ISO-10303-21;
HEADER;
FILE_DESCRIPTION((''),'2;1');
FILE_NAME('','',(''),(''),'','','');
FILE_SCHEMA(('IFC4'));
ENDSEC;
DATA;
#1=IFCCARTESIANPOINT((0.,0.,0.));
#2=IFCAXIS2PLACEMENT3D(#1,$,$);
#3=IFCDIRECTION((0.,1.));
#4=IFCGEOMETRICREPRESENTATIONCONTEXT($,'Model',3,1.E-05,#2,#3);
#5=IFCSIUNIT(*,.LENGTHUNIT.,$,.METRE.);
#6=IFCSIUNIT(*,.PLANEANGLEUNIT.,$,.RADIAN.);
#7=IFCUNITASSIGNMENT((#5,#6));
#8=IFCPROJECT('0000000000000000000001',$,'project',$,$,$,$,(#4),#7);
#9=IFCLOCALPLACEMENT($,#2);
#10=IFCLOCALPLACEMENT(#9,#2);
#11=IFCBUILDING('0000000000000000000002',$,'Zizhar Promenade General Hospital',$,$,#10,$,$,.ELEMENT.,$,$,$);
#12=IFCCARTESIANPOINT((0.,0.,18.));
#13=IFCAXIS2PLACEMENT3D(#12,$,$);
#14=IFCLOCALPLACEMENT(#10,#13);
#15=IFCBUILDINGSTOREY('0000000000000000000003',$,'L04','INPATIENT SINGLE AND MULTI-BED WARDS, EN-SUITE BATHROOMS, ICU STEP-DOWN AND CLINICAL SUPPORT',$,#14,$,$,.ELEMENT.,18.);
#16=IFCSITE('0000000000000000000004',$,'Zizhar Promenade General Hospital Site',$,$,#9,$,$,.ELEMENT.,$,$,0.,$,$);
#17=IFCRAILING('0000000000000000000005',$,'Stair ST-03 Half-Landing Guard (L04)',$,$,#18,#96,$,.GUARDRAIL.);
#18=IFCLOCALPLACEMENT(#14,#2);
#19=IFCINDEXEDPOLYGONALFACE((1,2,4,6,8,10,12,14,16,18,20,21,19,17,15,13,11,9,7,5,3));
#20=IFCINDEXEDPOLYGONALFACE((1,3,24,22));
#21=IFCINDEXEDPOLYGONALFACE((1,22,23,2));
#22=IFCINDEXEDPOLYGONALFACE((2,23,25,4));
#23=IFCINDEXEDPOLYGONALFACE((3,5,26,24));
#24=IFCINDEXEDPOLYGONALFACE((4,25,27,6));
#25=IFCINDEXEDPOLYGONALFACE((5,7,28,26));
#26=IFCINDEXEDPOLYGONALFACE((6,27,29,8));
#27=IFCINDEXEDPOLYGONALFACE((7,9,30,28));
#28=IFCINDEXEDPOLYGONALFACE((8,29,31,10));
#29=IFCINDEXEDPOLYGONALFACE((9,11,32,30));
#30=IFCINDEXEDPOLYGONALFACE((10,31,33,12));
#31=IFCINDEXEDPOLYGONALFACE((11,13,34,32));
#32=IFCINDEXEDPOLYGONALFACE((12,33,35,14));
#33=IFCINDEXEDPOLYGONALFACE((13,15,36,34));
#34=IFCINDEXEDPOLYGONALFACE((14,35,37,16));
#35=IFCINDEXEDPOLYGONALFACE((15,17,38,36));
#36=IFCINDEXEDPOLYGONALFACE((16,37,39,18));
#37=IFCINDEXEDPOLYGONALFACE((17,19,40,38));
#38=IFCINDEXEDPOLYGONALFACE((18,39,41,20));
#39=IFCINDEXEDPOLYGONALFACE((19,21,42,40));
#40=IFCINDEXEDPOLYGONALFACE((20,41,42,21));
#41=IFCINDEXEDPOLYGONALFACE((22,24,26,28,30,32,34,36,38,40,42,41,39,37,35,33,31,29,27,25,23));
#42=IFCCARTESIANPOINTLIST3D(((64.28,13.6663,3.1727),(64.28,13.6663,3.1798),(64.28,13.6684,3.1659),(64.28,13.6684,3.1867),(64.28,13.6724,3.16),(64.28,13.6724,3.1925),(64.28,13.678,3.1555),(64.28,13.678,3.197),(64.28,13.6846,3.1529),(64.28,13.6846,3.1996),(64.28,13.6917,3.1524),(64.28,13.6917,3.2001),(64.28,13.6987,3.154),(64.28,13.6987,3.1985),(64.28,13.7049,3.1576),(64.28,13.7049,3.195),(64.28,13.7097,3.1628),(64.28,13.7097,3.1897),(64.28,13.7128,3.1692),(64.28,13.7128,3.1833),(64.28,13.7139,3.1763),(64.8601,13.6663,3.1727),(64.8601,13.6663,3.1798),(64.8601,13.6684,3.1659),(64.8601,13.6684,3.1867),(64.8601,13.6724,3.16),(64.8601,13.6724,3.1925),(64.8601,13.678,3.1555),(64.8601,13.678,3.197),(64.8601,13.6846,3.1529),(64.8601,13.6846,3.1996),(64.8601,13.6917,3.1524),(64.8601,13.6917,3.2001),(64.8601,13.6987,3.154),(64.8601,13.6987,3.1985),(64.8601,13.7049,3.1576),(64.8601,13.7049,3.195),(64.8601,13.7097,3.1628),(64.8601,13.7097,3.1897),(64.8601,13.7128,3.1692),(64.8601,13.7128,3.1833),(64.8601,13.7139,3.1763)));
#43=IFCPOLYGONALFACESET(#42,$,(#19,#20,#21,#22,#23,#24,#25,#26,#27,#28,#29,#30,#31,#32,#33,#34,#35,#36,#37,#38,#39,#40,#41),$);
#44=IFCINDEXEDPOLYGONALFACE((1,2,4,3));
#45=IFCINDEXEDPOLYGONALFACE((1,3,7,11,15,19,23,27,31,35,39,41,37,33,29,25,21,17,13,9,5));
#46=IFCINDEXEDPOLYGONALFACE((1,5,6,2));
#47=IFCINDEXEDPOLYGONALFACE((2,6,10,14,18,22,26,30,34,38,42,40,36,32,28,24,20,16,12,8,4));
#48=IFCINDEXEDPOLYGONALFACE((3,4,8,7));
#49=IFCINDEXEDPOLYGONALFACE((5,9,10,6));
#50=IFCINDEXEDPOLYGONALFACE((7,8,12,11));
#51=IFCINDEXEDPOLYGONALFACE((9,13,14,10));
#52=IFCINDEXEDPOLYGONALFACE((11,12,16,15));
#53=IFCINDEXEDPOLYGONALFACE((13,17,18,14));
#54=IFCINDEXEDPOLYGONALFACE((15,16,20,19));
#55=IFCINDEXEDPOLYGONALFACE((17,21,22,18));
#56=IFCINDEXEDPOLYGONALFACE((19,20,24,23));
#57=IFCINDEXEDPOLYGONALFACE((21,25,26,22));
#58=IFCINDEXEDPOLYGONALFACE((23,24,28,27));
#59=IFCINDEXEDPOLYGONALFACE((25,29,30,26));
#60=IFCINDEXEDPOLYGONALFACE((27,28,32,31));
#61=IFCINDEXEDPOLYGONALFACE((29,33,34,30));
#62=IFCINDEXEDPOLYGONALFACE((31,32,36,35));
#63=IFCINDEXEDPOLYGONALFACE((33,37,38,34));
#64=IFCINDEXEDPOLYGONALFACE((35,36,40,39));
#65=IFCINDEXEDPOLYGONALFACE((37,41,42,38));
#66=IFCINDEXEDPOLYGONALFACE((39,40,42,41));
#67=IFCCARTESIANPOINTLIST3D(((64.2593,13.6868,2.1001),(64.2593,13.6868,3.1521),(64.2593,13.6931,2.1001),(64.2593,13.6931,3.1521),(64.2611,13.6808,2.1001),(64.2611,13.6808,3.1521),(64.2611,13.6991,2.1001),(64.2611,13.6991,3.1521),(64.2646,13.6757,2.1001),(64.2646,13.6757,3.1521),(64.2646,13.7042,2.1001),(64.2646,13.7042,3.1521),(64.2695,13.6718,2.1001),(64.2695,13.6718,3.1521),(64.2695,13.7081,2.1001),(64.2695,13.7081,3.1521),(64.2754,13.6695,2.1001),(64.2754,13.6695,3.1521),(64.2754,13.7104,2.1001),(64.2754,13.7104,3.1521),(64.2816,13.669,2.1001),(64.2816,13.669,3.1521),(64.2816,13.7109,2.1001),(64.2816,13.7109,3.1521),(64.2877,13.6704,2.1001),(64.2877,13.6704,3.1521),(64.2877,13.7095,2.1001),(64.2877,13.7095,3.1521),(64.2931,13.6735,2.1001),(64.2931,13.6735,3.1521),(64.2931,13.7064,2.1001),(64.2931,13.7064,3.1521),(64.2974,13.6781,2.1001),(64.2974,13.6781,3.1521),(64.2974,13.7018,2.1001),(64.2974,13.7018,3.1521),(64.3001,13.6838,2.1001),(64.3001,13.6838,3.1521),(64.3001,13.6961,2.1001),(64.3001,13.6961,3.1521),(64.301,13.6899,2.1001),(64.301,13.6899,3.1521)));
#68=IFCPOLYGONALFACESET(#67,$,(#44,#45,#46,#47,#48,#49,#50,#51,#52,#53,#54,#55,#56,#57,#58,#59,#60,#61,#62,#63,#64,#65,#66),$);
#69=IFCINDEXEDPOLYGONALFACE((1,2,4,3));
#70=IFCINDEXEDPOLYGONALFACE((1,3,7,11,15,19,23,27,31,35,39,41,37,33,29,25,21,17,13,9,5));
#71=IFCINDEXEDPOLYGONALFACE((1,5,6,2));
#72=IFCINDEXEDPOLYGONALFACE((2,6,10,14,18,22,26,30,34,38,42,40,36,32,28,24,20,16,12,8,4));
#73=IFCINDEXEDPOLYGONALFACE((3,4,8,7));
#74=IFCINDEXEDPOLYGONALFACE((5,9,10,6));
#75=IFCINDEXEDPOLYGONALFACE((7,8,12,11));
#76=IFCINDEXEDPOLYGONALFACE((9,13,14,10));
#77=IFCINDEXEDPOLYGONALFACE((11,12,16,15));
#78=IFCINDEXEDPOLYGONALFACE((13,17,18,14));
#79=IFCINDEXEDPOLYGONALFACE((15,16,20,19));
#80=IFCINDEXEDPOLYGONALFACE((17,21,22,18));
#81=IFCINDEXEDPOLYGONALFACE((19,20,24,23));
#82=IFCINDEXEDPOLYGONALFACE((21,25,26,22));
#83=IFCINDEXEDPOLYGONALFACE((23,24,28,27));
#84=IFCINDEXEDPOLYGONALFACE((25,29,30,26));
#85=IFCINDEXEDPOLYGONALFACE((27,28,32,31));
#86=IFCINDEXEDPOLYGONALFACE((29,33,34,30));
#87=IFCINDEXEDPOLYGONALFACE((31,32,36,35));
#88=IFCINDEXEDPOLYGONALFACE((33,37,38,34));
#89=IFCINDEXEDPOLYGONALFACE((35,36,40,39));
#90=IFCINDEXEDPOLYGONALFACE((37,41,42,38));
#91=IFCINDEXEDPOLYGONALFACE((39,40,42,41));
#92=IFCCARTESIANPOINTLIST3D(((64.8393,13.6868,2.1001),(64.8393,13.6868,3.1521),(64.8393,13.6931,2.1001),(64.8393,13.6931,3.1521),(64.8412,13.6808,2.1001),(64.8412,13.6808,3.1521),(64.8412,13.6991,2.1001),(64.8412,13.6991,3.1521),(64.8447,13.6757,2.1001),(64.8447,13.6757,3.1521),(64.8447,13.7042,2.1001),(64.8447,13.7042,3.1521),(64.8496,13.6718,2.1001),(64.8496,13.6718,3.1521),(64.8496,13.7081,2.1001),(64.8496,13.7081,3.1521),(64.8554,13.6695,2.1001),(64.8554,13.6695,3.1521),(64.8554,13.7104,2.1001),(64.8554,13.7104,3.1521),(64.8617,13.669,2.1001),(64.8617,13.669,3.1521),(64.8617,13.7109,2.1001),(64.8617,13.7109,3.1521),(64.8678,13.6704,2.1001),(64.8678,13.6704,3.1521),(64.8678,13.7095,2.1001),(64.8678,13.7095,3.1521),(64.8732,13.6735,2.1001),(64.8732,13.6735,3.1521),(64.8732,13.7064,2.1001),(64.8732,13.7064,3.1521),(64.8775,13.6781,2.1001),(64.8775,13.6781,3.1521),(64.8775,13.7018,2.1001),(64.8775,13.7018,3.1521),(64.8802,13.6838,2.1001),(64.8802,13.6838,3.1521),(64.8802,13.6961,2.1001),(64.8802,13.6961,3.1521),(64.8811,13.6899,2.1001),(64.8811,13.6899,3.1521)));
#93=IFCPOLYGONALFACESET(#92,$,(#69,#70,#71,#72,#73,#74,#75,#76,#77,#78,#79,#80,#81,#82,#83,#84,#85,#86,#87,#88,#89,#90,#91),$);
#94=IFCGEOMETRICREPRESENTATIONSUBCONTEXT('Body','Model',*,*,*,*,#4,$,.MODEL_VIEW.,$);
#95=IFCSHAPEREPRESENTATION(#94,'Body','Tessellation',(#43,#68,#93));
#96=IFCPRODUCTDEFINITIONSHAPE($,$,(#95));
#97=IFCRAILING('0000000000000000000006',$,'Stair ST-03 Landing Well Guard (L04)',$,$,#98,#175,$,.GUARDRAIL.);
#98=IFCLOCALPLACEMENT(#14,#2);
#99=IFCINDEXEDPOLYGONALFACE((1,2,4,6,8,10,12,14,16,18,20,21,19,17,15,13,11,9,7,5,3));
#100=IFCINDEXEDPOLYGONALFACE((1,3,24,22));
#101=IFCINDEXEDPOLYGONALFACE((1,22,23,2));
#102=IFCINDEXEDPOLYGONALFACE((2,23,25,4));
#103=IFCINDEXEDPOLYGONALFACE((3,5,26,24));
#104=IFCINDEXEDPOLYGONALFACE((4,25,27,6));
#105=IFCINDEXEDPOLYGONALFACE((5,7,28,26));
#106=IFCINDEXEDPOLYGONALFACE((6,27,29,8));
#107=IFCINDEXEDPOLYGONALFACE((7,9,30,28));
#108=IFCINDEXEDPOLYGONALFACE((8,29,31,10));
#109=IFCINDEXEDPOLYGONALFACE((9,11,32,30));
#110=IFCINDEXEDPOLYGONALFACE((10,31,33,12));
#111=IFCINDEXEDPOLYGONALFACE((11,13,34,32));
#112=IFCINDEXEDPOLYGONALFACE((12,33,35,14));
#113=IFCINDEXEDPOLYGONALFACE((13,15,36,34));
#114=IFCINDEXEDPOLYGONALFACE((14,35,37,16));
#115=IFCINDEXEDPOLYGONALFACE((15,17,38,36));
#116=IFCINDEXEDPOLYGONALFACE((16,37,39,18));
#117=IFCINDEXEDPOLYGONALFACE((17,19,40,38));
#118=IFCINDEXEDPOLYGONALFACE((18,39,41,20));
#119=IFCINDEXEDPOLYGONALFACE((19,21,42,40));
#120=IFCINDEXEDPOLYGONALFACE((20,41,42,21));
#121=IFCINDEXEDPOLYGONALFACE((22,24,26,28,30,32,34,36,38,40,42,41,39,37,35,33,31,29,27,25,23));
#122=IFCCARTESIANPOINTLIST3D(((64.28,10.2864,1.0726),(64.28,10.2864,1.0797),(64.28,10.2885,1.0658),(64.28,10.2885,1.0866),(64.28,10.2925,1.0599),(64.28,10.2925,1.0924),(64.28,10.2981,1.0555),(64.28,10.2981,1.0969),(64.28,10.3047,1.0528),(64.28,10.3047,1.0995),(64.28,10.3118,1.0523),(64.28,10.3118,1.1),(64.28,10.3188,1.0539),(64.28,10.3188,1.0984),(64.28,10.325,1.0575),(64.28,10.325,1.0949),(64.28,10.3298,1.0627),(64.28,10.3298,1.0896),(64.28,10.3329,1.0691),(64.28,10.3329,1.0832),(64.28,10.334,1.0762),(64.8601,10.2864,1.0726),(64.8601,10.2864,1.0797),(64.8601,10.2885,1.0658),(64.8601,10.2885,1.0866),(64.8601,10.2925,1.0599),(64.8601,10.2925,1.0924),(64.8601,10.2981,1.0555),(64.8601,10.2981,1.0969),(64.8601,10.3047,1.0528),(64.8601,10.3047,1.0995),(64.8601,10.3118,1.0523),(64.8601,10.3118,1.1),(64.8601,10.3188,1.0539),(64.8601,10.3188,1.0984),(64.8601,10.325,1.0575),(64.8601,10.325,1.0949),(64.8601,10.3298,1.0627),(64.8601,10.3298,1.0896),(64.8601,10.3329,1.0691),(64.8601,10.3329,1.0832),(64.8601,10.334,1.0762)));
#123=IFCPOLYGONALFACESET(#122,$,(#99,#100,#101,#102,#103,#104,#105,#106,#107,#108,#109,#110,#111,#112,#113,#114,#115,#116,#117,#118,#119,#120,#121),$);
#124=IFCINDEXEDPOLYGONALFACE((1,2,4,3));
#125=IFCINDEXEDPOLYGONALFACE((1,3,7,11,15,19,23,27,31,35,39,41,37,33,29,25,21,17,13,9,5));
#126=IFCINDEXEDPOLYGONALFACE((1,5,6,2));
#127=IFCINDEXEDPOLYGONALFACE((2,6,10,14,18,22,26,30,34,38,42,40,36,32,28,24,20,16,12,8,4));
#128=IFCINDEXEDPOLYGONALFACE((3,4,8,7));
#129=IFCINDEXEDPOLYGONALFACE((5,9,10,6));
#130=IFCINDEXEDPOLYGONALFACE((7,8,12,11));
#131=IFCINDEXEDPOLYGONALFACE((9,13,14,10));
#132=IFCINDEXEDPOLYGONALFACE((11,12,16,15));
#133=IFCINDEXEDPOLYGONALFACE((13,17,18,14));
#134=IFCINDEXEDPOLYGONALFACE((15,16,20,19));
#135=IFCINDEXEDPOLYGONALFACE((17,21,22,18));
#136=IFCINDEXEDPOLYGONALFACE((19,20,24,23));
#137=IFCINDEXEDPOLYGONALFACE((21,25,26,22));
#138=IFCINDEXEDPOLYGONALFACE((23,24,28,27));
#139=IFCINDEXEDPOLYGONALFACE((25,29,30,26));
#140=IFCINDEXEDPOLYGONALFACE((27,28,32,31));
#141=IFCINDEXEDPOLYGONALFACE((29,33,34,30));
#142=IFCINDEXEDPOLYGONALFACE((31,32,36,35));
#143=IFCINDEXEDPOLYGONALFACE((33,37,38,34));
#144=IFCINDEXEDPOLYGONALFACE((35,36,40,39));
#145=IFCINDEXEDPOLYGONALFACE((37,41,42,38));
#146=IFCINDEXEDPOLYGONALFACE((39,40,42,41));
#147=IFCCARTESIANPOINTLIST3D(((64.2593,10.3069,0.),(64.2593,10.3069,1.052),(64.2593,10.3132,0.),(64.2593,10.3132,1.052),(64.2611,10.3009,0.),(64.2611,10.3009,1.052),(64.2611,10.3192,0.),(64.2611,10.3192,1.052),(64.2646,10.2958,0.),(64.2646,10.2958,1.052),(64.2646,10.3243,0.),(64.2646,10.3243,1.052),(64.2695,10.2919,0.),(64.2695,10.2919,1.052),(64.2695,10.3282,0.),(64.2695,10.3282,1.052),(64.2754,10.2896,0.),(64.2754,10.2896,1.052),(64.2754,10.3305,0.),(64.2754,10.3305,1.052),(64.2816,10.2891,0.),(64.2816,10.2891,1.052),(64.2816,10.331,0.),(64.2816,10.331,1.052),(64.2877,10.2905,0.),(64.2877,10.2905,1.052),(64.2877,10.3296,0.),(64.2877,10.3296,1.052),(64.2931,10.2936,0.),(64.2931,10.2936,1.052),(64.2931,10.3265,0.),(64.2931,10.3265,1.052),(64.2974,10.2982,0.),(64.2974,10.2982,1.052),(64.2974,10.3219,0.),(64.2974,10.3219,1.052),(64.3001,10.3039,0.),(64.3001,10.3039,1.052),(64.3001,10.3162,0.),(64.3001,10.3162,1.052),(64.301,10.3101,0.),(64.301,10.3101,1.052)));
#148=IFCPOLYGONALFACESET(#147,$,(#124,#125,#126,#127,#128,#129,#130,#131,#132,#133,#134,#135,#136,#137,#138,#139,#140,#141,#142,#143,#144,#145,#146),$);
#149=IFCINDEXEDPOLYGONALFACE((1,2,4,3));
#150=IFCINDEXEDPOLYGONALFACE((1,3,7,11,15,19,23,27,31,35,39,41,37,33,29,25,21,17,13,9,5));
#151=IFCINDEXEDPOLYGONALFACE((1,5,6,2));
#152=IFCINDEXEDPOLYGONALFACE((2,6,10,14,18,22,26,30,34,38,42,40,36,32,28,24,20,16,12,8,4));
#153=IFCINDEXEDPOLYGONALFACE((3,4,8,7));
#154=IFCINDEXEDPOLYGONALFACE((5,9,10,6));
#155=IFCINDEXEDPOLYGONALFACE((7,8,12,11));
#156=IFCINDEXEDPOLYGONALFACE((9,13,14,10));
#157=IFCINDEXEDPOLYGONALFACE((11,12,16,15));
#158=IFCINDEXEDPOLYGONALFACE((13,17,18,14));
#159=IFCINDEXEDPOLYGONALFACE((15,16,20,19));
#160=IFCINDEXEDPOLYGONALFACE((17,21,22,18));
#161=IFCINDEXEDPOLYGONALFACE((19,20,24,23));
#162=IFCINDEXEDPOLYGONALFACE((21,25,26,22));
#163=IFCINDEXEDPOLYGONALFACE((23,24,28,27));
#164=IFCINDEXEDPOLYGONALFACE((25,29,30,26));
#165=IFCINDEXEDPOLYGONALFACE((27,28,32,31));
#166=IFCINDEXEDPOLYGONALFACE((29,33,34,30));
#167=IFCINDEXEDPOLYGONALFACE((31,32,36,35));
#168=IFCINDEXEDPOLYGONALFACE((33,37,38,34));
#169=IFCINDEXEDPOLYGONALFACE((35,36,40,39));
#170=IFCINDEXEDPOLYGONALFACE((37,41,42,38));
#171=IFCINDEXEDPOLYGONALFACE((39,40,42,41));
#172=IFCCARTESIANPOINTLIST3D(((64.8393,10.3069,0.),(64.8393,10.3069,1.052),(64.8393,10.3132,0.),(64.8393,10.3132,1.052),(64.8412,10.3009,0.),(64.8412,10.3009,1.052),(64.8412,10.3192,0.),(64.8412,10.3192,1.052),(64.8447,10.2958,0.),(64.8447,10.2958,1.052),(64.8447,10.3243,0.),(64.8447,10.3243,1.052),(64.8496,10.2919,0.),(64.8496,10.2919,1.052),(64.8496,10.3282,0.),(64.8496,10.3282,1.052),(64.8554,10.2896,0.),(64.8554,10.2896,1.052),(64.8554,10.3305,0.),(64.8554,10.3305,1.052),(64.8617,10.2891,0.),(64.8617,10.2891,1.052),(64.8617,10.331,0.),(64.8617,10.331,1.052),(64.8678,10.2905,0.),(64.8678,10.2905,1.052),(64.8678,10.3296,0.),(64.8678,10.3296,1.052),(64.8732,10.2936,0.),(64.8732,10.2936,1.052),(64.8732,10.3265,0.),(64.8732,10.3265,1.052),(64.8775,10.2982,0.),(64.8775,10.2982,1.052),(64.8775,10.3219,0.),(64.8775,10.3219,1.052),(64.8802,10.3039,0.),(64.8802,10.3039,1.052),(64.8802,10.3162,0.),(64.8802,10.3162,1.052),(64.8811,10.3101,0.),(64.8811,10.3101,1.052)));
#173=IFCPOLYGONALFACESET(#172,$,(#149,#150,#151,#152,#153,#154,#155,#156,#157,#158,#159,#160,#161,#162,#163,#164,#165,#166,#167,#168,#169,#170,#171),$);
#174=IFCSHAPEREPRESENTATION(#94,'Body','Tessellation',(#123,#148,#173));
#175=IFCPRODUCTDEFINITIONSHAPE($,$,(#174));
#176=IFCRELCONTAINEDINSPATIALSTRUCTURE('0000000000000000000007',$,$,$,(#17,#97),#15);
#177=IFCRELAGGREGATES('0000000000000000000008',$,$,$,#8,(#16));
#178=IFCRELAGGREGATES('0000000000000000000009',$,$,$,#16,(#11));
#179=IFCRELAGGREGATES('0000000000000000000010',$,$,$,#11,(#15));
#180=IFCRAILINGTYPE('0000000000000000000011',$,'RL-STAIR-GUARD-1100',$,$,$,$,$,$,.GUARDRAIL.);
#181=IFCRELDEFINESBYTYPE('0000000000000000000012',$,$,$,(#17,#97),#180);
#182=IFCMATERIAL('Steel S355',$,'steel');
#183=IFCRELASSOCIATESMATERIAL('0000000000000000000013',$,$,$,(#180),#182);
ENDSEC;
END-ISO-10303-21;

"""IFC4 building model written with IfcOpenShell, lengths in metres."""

from ifc_helpers import new_model, si_unit, direction, frame, origin, origin_2d, place, context, subcontext, project, spatial, circle, hollow_circle, extrude, material, material_profile, profile_set, type_object, element, save


model = new_model("IFC4")

# Units and contexts
model_context = context("Model", 3, precision=1e-05, world=origin(), true_north=direction((0.0, 1.0)))
body_context = subcontext(model_context, "Body", "Model", "MODEL_VIEW")
ifc_project = project(units=[si_unit("LENGTHUNIT", "METRE"), si_unit("PLANEANGLEUNIT", "RADIAN")], contexts=[model_context])

# Site, building, storey
site_placement = place(None, origin())
site = spatial("IfcSite", under=ifc_project, at=site_placement, Name="Zizhar Promenade General Hospital Site", CompositionType="ELEMENT", RefElevation=0.0)
building_placement = place(site_placement, origin())
building = spatial("IfcBuilding", under=site, at=building_placement, Name="Zizhar Promenade General Hospital", CompositionType="ELEMENT")
storey_placement = place(building_placement, frame((0.0, 0.0, 18.0)))
storey = spatial("IfcBuildingStorey", under=building, at=storey_placement, Name="L04", Description="INPATIENT SINGLE AND MULTI-BED WARDS, EN-SUITE BATHROOMS, ICU STEP-DOWN AND CLINICAL SUPPORT", CompositionType="ELEMENT", Elevation=18.0)

# Railings
ifc_material_1 = material(Name="Steel S355", Category="steel")
ifc_material_profile_1 = material_profile(ifc_material_1, hollow_circle(Radius=0.0698, WallThickness=0.0063, at=origin_2d()))
ifc_profile_set_1 = profile_set([ifc_material_profile_1], Name="Steel S355")
railing_type_1 = type_object("IfcRailingType", Name="RL-STAIR-GUARD-1100", PredefinedType="GUARDRAIL", material=ifc_profile_set_1)
for number, where, name in (
    (1, (64.28, 13.6899, 2.1001), "Stair ST-03 Half-Landing Guard (L04)"),
    (2, (64.28, 10.3101, 0.0), "Stair ST-03 Landing Well Guard (L04)"),
):
    element("IfcRailing", number, at=place(storey_placement, frame(where)), inside=storey, type_object=railing_type_1, Name=name, PredefinedType="GUARDRAIL", context=body_context, shape_type="SweptSolid", body=[
        extrude(circle(Radius=0.0239, at=origin_2d()), frame((0.0, 0.0, 1.0762), z_axis=(1.0, 0.0, 0.0), x_axis=(0.0, 1.0, 0.0)), (0.0, 0.0, 1.0), 0.5801),
        extrude(circle(Radius=0.021, at=origin_2d()), origin(), (0.0, 0.0, 1.0), 1.052),
        extrude(circle(Radius=0.021, at=origin_2d()), frame((0.5801, 0.0, 0.0)), (0.0, 0.0, 1.0), 1.052),
    ])

save(model, "model.ifc")
